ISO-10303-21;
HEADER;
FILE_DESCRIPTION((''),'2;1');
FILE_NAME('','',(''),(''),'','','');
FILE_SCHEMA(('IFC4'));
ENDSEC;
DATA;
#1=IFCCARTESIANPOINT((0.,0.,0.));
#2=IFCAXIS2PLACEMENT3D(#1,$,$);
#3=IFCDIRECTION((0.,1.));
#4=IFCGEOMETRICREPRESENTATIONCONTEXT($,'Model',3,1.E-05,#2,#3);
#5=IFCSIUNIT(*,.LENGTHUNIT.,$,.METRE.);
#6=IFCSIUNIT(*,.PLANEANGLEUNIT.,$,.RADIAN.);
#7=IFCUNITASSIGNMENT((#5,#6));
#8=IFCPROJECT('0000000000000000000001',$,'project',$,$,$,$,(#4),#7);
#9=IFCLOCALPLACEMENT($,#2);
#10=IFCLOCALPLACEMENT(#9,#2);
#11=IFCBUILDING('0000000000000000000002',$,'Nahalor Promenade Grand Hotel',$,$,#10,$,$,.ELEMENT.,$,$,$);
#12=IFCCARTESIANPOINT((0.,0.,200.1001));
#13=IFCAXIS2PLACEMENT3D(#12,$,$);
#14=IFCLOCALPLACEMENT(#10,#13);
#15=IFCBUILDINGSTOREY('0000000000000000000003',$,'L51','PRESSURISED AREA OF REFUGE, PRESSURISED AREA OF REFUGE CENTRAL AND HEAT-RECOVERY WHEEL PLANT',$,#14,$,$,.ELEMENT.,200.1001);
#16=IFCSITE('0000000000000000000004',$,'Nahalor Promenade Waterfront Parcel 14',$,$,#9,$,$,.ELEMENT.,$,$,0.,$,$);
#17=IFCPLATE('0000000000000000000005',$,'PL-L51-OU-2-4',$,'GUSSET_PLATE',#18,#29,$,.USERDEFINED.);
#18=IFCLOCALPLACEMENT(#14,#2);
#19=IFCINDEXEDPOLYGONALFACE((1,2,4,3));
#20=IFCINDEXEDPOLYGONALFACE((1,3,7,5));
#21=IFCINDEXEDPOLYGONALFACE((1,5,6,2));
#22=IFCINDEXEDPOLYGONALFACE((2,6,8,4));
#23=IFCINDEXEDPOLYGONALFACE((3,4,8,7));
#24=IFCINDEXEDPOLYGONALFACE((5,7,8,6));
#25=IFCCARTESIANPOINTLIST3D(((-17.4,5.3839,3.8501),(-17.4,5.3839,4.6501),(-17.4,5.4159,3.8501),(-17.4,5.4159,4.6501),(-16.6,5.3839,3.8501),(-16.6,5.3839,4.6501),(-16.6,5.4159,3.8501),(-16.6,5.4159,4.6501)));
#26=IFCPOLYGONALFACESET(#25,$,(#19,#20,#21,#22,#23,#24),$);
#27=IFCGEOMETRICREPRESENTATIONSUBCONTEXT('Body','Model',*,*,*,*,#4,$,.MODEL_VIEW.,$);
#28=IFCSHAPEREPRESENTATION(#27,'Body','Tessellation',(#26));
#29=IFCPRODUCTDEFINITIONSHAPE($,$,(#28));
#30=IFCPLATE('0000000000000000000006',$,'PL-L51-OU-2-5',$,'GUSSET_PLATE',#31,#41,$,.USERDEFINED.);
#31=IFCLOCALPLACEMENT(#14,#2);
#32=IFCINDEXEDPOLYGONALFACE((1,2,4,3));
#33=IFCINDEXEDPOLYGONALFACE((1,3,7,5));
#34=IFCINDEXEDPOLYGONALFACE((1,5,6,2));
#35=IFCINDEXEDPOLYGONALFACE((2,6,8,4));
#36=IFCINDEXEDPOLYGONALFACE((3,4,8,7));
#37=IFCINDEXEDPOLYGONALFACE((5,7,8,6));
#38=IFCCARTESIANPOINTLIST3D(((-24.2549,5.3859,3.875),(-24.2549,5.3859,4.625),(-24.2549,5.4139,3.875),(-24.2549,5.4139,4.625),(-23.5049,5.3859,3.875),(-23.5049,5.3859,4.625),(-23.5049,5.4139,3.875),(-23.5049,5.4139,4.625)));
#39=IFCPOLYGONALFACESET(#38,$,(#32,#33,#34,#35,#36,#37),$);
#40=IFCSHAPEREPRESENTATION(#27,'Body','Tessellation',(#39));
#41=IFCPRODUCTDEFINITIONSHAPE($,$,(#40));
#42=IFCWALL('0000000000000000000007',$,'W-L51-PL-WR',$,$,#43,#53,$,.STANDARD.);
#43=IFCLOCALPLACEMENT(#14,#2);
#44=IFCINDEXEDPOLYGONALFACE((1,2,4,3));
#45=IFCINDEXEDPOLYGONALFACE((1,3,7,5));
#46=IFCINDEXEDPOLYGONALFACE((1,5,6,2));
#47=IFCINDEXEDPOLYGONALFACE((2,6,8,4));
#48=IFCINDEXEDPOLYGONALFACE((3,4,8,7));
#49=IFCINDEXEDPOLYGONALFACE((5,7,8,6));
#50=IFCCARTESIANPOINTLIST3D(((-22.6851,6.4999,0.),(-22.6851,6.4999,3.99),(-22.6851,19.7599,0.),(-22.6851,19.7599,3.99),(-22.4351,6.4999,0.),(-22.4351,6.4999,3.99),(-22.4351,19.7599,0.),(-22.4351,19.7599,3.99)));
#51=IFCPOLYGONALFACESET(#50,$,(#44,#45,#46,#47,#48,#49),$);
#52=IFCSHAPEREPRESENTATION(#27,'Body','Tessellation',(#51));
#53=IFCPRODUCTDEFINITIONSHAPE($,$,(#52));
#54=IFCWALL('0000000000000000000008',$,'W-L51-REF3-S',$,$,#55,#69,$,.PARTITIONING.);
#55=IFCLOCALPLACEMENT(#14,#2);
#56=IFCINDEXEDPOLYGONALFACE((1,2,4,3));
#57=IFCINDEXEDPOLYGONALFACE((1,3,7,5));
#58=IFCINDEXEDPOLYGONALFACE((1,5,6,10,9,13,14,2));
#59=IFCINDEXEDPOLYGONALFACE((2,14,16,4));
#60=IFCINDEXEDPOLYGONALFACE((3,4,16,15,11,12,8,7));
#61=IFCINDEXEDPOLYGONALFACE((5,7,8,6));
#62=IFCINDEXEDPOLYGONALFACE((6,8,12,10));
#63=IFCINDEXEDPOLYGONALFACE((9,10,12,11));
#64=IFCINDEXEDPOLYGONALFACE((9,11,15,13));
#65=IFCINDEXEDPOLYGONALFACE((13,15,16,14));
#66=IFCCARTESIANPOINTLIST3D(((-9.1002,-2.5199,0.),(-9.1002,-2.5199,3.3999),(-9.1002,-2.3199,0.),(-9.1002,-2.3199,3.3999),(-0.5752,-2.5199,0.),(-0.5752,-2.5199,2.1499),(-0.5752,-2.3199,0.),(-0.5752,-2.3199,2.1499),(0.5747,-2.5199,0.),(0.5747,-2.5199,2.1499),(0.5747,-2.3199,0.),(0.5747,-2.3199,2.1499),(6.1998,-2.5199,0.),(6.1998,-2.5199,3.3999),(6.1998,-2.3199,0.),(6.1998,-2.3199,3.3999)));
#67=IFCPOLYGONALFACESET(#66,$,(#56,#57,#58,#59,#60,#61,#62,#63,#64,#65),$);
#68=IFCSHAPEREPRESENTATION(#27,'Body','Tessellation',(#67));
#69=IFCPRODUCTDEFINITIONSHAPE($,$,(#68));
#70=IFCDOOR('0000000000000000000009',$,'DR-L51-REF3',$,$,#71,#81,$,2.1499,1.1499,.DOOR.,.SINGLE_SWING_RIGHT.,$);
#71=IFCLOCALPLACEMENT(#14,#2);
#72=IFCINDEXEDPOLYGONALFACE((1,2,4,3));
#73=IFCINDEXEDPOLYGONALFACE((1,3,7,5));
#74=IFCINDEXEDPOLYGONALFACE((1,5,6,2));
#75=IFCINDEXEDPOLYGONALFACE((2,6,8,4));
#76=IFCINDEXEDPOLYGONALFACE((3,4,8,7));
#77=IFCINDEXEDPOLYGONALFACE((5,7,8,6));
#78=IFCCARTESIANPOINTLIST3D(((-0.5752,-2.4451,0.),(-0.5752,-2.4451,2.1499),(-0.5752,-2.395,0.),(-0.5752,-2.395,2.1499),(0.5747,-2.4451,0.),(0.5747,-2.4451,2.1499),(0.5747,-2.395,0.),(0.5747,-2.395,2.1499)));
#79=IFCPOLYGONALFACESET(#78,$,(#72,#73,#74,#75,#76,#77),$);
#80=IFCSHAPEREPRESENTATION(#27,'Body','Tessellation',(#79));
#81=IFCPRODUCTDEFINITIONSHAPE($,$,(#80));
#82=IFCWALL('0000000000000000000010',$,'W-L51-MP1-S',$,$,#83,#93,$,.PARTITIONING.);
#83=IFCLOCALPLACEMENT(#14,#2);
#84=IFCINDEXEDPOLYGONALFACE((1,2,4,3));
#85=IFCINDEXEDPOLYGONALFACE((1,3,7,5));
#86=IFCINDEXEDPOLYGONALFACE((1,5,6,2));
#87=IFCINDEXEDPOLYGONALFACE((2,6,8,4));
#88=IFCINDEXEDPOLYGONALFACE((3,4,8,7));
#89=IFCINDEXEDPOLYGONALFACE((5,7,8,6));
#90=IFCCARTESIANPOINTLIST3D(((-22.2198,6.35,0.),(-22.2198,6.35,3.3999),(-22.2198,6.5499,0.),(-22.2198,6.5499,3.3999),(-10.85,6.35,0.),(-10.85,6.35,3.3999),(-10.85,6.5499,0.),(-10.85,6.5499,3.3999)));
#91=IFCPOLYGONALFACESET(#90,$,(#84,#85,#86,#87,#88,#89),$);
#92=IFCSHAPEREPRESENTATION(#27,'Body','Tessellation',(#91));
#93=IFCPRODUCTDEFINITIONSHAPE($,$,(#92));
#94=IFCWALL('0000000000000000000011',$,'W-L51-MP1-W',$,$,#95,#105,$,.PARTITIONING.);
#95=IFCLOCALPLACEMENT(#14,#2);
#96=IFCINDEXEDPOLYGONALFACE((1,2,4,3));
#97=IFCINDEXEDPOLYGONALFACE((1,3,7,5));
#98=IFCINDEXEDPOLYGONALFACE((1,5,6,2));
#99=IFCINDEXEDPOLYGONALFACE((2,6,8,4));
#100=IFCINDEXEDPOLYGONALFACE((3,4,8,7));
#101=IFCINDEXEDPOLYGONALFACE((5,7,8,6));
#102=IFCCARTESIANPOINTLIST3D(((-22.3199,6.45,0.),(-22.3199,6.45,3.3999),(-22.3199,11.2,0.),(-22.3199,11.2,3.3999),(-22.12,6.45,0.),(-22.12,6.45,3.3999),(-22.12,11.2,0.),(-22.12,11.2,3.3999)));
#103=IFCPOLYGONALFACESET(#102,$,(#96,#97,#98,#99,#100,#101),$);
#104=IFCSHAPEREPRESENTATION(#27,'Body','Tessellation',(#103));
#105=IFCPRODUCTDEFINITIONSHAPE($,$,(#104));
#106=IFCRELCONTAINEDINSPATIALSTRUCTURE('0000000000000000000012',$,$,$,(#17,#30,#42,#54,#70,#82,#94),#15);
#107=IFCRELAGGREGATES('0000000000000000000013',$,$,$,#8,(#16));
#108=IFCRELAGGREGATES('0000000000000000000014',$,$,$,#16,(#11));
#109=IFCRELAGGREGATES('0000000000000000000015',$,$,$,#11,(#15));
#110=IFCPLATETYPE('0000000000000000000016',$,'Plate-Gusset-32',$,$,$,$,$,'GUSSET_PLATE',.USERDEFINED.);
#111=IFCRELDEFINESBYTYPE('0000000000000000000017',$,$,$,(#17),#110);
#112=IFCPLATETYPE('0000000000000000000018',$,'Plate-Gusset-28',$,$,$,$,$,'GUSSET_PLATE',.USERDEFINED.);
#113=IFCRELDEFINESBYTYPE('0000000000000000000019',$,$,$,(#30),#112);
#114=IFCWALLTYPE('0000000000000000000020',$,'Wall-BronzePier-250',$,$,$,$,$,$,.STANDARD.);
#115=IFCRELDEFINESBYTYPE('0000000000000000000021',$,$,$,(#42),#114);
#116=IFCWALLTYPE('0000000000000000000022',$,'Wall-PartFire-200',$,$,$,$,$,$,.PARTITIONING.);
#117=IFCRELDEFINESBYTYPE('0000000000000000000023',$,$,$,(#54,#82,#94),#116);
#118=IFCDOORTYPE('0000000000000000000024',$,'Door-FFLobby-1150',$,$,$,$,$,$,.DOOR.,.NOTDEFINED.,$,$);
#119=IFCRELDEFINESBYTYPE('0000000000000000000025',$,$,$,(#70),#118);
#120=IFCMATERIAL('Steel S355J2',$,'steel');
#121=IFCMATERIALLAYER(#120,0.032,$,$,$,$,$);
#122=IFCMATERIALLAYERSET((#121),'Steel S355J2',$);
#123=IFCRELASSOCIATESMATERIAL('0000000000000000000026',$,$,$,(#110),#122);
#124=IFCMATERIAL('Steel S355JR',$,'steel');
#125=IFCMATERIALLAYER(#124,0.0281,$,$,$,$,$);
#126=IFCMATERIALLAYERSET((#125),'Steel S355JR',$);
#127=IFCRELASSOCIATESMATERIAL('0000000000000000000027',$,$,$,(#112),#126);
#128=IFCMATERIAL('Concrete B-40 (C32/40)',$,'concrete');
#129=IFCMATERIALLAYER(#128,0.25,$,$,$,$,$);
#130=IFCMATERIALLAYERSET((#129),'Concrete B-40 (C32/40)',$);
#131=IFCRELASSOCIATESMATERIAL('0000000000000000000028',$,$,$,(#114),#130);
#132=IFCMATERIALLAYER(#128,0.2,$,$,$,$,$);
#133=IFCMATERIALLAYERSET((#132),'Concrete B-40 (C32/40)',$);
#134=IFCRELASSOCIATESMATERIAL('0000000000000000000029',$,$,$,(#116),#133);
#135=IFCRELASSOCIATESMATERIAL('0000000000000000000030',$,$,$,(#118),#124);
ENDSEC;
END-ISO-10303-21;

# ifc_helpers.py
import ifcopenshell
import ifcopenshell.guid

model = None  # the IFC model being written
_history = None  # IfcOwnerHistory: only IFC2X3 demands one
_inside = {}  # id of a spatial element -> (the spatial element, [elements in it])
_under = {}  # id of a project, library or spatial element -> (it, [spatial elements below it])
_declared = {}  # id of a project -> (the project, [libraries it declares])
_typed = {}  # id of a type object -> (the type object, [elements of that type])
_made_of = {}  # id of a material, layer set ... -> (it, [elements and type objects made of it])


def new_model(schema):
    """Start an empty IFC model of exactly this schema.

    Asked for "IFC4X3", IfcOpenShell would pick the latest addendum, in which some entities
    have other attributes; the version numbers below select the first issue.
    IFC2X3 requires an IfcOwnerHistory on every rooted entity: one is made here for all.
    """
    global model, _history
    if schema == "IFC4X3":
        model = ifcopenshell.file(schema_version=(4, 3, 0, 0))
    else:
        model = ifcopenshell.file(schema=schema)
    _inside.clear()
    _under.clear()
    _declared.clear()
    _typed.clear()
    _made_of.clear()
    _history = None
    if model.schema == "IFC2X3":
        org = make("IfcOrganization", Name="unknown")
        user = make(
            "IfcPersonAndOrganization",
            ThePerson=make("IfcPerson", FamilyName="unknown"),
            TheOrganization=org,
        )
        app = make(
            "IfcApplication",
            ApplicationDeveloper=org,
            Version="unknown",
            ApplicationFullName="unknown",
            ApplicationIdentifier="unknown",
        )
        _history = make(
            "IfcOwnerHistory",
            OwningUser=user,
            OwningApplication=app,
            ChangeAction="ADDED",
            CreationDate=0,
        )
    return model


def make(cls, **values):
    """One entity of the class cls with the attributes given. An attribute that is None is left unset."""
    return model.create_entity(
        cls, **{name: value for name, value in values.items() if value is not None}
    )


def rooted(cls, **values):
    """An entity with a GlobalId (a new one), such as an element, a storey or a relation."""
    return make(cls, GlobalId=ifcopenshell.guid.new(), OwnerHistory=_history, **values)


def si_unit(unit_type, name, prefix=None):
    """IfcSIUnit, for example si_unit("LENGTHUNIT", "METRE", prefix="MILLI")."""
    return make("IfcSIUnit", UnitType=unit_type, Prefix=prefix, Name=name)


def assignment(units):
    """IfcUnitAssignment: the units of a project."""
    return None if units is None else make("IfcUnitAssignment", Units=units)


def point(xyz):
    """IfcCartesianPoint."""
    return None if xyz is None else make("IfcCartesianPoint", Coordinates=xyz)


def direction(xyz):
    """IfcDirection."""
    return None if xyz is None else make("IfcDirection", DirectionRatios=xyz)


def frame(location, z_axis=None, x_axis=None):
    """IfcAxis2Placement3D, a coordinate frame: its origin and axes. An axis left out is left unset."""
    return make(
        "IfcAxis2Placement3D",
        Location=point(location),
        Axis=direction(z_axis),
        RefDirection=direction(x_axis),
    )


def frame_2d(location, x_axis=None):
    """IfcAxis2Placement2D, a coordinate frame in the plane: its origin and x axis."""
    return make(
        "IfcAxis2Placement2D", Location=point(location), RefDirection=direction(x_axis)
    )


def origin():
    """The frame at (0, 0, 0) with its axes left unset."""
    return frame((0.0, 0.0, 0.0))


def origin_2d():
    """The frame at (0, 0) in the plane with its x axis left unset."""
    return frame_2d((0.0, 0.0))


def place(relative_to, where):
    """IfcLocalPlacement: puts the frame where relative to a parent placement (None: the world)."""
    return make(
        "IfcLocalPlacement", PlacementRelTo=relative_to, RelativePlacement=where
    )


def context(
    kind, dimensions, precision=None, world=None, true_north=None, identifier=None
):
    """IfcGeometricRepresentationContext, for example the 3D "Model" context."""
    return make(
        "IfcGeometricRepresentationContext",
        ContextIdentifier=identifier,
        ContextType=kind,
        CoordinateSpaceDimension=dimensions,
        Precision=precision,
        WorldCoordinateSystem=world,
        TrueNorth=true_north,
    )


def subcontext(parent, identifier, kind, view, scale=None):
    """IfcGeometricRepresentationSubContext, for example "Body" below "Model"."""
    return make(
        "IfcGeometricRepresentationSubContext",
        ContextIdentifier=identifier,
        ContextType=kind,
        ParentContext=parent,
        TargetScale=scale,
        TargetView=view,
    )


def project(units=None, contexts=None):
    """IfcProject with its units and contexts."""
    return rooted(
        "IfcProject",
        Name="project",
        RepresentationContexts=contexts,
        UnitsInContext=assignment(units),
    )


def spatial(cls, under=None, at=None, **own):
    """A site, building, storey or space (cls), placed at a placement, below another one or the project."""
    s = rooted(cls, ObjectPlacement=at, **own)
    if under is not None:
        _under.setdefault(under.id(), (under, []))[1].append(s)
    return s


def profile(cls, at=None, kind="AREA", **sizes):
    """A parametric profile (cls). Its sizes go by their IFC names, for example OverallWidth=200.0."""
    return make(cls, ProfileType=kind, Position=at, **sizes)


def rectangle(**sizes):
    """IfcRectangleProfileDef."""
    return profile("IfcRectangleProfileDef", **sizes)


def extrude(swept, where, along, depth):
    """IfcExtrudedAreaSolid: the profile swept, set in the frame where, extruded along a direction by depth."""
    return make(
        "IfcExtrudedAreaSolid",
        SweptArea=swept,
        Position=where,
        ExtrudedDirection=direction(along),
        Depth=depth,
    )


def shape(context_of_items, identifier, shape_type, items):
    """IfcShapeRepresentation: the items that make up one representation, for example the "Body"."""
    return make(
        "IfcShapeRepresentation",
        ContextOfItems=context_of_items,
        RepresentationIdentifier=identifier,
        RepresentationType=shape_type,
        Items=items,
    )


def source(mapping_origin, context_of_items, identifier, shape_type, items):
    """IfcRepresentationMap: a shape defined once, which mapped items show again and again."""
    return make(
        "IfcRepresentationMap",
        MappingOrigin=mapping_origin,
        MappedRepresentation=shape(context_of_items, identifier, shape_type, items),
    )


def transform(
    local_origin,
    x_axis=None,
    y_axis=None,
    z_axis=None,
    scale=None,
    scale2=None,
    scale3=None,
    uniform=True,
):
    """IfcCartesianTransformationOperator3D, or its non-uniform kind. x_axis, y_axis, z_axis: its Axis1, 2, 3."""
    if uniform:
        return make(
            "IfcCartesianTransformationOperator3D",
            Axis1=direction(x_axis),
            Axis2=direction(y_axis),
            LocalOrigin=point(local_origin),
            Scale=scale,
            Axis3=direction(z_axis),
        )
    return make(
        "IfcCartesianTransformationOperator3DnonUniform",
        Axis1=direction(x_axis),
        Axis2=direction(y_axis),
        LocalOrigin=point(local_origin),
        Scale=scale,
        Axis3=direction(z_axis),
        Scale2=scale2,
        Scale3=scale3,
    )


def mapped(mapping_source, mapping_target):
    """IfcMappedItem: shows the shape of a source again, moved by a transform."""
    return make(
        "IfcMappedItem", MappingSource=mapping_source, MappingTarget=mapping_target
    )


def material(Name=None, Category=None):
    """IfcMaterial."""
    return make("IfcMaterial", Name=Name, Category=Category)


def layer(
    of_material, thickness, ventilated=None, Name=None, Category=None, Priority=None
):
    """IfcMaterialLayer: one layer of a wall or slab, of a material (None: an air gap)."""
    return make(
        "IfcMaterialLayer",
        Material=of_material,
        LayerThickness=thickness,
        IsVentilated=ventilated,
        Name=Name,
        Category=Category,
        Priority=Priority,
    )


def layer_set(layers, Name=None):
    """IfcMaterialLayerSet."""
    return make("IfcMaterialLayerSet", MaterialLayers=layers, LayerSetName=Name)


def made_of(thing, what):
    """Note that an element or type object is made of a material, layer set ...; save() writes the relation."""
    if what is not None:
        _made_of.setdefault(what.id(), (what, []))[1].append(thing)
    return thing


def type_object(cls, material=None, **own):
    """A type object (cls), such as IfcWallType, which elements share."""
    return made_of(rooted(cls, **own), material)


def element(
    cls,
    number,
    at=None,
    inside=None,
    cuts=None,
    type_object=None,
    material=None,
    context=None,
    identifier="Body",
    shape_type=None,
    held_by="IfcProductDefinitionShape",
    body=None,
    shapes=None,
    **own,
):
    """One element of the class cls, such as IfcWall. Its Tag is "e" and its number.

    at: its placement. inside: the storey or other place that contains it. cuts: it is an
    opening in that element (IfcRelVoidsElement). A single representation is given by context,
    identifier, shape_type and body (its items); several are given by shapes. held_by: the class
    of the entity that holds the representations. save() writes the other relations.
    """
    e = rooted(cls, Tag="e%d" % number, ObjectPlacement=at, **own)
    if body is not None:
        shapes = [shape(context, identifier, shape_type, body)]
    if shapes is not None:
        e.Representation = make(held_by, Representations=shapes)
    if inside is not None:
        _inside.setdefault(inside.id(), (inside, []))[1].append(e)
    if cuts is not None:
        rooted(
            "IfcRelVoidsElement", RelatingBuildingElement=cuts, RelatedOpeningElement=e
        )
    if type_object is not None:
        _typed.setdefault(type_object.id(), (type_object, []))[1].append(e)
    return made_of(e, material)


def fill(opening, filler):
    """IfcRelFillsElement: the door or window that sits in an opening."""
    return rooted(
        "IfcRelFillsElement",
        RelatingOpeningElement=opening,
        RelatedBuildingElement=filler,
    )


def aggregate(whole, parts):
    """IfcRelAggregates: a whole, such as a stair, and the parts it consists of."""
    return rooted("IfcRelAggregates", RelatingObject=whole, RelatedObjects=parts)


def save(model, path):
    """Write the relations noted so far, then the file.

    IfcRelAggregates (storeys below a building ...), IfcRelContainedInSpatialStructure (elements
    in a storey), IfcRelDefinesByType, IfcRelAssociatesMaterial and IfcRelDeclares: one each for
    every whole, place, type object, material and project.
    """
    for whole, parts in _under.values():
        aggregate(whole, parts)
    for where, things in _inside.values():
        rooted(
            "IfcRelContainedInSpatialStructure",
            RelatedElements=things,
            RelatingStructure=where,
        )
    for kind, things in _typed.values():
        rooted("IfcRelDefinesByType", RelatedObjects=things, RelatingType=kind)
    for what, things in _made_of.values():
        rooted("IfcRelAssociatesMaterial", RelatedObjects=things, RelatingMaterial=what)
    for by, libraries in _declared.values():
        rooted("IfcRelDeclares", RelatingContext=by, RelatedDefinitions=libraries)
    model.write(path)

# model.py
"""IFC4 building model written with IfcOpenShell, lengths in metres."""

from ifc_helpers import new_model, si_unit, direction, frame, frame_2d, origin, origin_2d, place, context, subcontext, project, spatial, rectangle, extrude, source, transform, mapped, material, layer, layer_set, type_object, element, fill, save


model = new_model("IFC4")

# Units and contexts
model_context = context("Model", 3, precision=1e-05, world=origin(), true_north=direction((0.0, 1.0)))
body_context = subcontext(model_context, "Body", "Model", "MODEL_VIEW")
ifc_project = project(units=[si_unit("LENGTHUNIT", "METRE"), si_unit("PLANEANGLEUNIT", "RADIAN")], contexts=[model_context])

# Site, building, storey
site_placement = place(None, origin())
site = spatial("IfcSite", under=ifc_project, at=site_placement, Name="Nahalor Promenade Waterfront Parcel 14", CompositionType="ELEMENT", RefElevation=0.0)
building_placement = place(site_placement, origin())
building = spatial("IfcBuilding", under=site, at=building_placement, Name="Nahalor Promenade Grand Hotel", CompositionType="ELEMENT")
storey_placement = place(building_placement, frame((0.0, 0.0, 200.1001)))
storey = spatial("IfcBuildingStorey", under=building, at=storey_placement, Name="L51", Description="PRESSURISED AREA OF REFUGE, PRESSURISED AREA OF REFUGE CENTRAL AND HEAT-RECOVERY WHEEL PLANT", CompositionType="ELEMENT", Elevation=200.1001)

# Shared definitions
ifc_material_1 = material(Name="Steel S355J2", Category="steel")

# Shared definitions
ifc_material_2 = material(Name="Steel S355JR", Category="steel")

# Plates
ifc_layer_1 = layer(ifc_material_1, 0.032)
ifc_layer_set_1 = layer_set([ifc_layer_1], Name="Steel S355J2")
plate_type_1 = type_object("IfcPlateType", Name="Plate-Gusset-32", ElementType="GUSSET_PLATE", PredefinedType="USERDEFINED", material=ifc_layer_set_1)
shared_shape_1 = source(origin(), body_context, "Body", "SweptSolid", [
    extrude(rectangle(XDim=0.8, YDim=0.032, at=origin_2d()), origin(), (0.0, 0.0, 1.0), 0.8),
])
plate_1_placement = place(storey_placement, frame((-17.0, 5.3999, 3.8501), z_axis=(0.0, 0.0, 1.0), x_axis=(1.0, 0.0, 0.0)))
element("IfcPlate", 1, at=plate_1_placement, inside=storey, type_object=plate_type_1, Name="PL-L51-OU-2-4", ObjectType="GUSSET_PLATE", PredefinedType="USERDEFINED", context=body_context, shape_type="MappedRepresentation", body=[
    mapped(shared_shape_1, transform((0.0, 0.0, 0.0), scale=1.0)),
])
ifc_layer_2 = layer(ifc_material_2, 0.0281)
ifc_layer_set_2 = layer_set([ifc_layer_2], Name="Steel S355JR")
plate_type_2 = type_object("IfcPlateType", Name="Plate-Gusset-28", ElementType="GUSSET_PLATE", PredefinedType="USERDEFINED", material=ifc_layer_set_2)
shared_shape_2 = source(origin(), body_context, "Body", "SweptSolid", [
    extrude(rectangle(XDim=0.75, YDim=0.0281, at=origin_2d()), origin(), (0.0, 0.0, 1.0), 0.75),
])
plate_2_placement = place(storey_placement, frame((-23.8799, 5.3999, 3.875), z_axis=(0.0, 0.0, 1.0), x_axis=(1.0, 0.0, 0.0)))
element("IfcPlate", 2, at=plate_2_placement, inside=storey, type_object=plate_type_2, Name="PL-L51-OU-2-5", ObjectType="GUSSET_PLATE", PredefinedType="USERDEFINED", context=body_context, shape_type="MappedRepresentation", body=[
    mapped(shared_shape_2, transform((0.0, 0.0, 0.0), scale=1.0)),
])

# Wall
ifc_material_3 = material(Name="Concrete B-40 (C32/40)", Category="concrete")
ifc_layer_3 = layer(ifc_material_3, 0.25)
ifc_layer_set_3 = layer_set([ifc_layer_3], Name="Concrete B-40 (C32/40)")
wall_type_1 = type_object("IfcWallType", Name="Wall-BronzePier-250", PredefinedType="STANDARD", material=ifc_layer_set_3)
shared_shape_3 = source(origin(), body_context, "Body", "SweptSolid", [
    extrude(rectangle(XDim=13.26, YDim=0.25, at=frame_2d((6.6299, 0.0))), origin(), (0.0, 0.0, 1.0), 3.99),
])
wall_1_placement = place(storey_placement, frame((-22.5601, 6.5, 0.0), z_axis=(0.0, 0.0, 1.0), x_axis=(0.0, 1.0, 0.0)))
element("IfcWall", 3, at=wall_1_placement, inside=storey, type_object=wall_type_1, Name="W-L51-PL-WR", PredefinedType="STANDARD", context=body_context, shape_type="MappedRepresentation", body=[
    mapped(shared_shape_3, transform((0.0, 0.0, 0.0), scale=1.0)),
])

# Wall, opening, door
ifc_layer_4 = layer(ifc_material_3, 0.2)
ifc_layer_set_4 = layer_set([ifc_layer_4], Name="Concrete B-40 (C32/40)")
wall_type_2 = type_object("IfcWallType", Name="Wall-PartFire-200", PredefinedType="PARTITIONING", material=ifc_layer_set_4)
shared_shape_4 = source(origin(), body_context, "Body", "SweptSolid", [
    extrude(rectangle(XDim=15.3, YDim=0.2, at=frame_2d((7.6499, 0.0))), origin(), (0.0, 0.0, 1.0), 3.3999),
])
wall_2_placement = place(storey_placement, frame((-9.1001, -2.4199, 0.0), z_axis=(0.0, 0.0, 1.0), x_axis=(1.0, 0.0, 0.0)))
wall_2 = element("IfcWall", 4, at=wall_2_placement, inside=storey, type_object=wall_type_2, Name="W-L51-REF3-S", PredefinedType="PARTITIONING", context=body_context, shape_type="MappedRepresentation", body=[
    mapped(shared_shape_4, transform((0.0, 0.0, 0.0), scale=1.0)),
])
opening_1_placement = place(wall_2_placement, frame((8.5249, 0.0, 0.0)))
opening_1 = element("IfcOpeningElement", 5, at=opening_1_placement, cuts=wall_2, PredefinedType="OPENING", context=body_context, shape_type="SweptSolid", body=[
    extrude(rectangle(XDim=1.1499, YDim=2.1499, at=frame_2d((0.575, 1.075))), frame((0.0, 0.1099, 0.0), z_axis=(0.0, -1.0, 0.0), x_axis=(1.0, 0.0, 0.0)), (0.0, 0.0, 1.0), 0.22),
])
door_type_1 = type_object("IfcDoorType", Name="Door-FFLobby-1150", OperationType="NOTDEFINED", PredefinedType="DOOR", material=ifc_material_2)
shared_shape_5 = source(origin(), body_context, "Body", "SweptSolid", [
    extrude(rectangle(XDim=1.1499, YDim=2.1499, at=frame_2d((0.575, 1.075))), frame((0.0, 0.0249, 0.0), z_axis=(0.0, -1.0, 0.0), x_axis=(1.0, 0.0, 0.0)), (0.0, 0.0, 1.0), 0.05),
])
door_1_placement = place(opening_1_placement, origin())
door_1 = element("IfcDoor", 6, at=door_1_placement, inside=storey, type_object=door_type_1, Name="DR-L51-REF3", OperationType="SINGLE_SWING_RIGHT", OverallHeight=2.1499, OverallWidth=1.1499, PredefinedType="DOOR", context=body_context, shape_type="MappedRepresentation", body=[
    mapped(shared_shape_5, transform((0.0, 0.0, 0.0), scale=1.0)),
])
fill(opening_1, door_1)

# Walls
shared_shape_6 = source(origin(), body_context, "Body", "SweptSolid", [
    extrude(rectangle(XDim=11.3699, YDim=0.2, at=frame_2d((5.6851, 0.0))), origin(), (0.0, 0.0, 1.0), 3.3999),
])
wall_3_placement = place(storey_placement, frame((-22.22, 6.45, 0.0), z_axis=(0.0, 0.0, 1.0), x_axis=(1.0, 0.0, 0.0)))
element("IfcWall", 7, at=wall_3_placement, inside=storey, type_object=wall_type_2, Name="W-L51-MP1-S", PredefinedType="PARTITIONING", context=body_context, shape_type="MappedRepresentation", body=[
    mapped(shared_shape_6, transform((0.0, 0.0, 0.0), scale=1.0)),
])
shared_shape_7 = source(origin(), body_context, "Body", "SweptSolid", [
    extrude(rectangle(XDim=4.75, YDim=0.2, at=frame_2d((2.375, 0.0))), origin(), (0.0, 0.0, 1.0), 3.3999),
])
wall_4_placement = place(storey_placement, frame((-22.22, 6.45, 0.0), z_axis=(0.0, 0.0, 1.0), x_axis=(0.0, 1.0, 0.0)))
element("IfcWall", 8, at=wall_4_placement, inside=storey, type_object=wall_type_2, Name="W-L51-MP1-W", PredefinedType="PARTITIONING", context=body_context, shape_type="MappedRepresentation", body=[
    mapped(shared_shape_7, transform((0.0, 0.0, 0.0), scale=1.0)),
])

save(model, "model.ifc")
